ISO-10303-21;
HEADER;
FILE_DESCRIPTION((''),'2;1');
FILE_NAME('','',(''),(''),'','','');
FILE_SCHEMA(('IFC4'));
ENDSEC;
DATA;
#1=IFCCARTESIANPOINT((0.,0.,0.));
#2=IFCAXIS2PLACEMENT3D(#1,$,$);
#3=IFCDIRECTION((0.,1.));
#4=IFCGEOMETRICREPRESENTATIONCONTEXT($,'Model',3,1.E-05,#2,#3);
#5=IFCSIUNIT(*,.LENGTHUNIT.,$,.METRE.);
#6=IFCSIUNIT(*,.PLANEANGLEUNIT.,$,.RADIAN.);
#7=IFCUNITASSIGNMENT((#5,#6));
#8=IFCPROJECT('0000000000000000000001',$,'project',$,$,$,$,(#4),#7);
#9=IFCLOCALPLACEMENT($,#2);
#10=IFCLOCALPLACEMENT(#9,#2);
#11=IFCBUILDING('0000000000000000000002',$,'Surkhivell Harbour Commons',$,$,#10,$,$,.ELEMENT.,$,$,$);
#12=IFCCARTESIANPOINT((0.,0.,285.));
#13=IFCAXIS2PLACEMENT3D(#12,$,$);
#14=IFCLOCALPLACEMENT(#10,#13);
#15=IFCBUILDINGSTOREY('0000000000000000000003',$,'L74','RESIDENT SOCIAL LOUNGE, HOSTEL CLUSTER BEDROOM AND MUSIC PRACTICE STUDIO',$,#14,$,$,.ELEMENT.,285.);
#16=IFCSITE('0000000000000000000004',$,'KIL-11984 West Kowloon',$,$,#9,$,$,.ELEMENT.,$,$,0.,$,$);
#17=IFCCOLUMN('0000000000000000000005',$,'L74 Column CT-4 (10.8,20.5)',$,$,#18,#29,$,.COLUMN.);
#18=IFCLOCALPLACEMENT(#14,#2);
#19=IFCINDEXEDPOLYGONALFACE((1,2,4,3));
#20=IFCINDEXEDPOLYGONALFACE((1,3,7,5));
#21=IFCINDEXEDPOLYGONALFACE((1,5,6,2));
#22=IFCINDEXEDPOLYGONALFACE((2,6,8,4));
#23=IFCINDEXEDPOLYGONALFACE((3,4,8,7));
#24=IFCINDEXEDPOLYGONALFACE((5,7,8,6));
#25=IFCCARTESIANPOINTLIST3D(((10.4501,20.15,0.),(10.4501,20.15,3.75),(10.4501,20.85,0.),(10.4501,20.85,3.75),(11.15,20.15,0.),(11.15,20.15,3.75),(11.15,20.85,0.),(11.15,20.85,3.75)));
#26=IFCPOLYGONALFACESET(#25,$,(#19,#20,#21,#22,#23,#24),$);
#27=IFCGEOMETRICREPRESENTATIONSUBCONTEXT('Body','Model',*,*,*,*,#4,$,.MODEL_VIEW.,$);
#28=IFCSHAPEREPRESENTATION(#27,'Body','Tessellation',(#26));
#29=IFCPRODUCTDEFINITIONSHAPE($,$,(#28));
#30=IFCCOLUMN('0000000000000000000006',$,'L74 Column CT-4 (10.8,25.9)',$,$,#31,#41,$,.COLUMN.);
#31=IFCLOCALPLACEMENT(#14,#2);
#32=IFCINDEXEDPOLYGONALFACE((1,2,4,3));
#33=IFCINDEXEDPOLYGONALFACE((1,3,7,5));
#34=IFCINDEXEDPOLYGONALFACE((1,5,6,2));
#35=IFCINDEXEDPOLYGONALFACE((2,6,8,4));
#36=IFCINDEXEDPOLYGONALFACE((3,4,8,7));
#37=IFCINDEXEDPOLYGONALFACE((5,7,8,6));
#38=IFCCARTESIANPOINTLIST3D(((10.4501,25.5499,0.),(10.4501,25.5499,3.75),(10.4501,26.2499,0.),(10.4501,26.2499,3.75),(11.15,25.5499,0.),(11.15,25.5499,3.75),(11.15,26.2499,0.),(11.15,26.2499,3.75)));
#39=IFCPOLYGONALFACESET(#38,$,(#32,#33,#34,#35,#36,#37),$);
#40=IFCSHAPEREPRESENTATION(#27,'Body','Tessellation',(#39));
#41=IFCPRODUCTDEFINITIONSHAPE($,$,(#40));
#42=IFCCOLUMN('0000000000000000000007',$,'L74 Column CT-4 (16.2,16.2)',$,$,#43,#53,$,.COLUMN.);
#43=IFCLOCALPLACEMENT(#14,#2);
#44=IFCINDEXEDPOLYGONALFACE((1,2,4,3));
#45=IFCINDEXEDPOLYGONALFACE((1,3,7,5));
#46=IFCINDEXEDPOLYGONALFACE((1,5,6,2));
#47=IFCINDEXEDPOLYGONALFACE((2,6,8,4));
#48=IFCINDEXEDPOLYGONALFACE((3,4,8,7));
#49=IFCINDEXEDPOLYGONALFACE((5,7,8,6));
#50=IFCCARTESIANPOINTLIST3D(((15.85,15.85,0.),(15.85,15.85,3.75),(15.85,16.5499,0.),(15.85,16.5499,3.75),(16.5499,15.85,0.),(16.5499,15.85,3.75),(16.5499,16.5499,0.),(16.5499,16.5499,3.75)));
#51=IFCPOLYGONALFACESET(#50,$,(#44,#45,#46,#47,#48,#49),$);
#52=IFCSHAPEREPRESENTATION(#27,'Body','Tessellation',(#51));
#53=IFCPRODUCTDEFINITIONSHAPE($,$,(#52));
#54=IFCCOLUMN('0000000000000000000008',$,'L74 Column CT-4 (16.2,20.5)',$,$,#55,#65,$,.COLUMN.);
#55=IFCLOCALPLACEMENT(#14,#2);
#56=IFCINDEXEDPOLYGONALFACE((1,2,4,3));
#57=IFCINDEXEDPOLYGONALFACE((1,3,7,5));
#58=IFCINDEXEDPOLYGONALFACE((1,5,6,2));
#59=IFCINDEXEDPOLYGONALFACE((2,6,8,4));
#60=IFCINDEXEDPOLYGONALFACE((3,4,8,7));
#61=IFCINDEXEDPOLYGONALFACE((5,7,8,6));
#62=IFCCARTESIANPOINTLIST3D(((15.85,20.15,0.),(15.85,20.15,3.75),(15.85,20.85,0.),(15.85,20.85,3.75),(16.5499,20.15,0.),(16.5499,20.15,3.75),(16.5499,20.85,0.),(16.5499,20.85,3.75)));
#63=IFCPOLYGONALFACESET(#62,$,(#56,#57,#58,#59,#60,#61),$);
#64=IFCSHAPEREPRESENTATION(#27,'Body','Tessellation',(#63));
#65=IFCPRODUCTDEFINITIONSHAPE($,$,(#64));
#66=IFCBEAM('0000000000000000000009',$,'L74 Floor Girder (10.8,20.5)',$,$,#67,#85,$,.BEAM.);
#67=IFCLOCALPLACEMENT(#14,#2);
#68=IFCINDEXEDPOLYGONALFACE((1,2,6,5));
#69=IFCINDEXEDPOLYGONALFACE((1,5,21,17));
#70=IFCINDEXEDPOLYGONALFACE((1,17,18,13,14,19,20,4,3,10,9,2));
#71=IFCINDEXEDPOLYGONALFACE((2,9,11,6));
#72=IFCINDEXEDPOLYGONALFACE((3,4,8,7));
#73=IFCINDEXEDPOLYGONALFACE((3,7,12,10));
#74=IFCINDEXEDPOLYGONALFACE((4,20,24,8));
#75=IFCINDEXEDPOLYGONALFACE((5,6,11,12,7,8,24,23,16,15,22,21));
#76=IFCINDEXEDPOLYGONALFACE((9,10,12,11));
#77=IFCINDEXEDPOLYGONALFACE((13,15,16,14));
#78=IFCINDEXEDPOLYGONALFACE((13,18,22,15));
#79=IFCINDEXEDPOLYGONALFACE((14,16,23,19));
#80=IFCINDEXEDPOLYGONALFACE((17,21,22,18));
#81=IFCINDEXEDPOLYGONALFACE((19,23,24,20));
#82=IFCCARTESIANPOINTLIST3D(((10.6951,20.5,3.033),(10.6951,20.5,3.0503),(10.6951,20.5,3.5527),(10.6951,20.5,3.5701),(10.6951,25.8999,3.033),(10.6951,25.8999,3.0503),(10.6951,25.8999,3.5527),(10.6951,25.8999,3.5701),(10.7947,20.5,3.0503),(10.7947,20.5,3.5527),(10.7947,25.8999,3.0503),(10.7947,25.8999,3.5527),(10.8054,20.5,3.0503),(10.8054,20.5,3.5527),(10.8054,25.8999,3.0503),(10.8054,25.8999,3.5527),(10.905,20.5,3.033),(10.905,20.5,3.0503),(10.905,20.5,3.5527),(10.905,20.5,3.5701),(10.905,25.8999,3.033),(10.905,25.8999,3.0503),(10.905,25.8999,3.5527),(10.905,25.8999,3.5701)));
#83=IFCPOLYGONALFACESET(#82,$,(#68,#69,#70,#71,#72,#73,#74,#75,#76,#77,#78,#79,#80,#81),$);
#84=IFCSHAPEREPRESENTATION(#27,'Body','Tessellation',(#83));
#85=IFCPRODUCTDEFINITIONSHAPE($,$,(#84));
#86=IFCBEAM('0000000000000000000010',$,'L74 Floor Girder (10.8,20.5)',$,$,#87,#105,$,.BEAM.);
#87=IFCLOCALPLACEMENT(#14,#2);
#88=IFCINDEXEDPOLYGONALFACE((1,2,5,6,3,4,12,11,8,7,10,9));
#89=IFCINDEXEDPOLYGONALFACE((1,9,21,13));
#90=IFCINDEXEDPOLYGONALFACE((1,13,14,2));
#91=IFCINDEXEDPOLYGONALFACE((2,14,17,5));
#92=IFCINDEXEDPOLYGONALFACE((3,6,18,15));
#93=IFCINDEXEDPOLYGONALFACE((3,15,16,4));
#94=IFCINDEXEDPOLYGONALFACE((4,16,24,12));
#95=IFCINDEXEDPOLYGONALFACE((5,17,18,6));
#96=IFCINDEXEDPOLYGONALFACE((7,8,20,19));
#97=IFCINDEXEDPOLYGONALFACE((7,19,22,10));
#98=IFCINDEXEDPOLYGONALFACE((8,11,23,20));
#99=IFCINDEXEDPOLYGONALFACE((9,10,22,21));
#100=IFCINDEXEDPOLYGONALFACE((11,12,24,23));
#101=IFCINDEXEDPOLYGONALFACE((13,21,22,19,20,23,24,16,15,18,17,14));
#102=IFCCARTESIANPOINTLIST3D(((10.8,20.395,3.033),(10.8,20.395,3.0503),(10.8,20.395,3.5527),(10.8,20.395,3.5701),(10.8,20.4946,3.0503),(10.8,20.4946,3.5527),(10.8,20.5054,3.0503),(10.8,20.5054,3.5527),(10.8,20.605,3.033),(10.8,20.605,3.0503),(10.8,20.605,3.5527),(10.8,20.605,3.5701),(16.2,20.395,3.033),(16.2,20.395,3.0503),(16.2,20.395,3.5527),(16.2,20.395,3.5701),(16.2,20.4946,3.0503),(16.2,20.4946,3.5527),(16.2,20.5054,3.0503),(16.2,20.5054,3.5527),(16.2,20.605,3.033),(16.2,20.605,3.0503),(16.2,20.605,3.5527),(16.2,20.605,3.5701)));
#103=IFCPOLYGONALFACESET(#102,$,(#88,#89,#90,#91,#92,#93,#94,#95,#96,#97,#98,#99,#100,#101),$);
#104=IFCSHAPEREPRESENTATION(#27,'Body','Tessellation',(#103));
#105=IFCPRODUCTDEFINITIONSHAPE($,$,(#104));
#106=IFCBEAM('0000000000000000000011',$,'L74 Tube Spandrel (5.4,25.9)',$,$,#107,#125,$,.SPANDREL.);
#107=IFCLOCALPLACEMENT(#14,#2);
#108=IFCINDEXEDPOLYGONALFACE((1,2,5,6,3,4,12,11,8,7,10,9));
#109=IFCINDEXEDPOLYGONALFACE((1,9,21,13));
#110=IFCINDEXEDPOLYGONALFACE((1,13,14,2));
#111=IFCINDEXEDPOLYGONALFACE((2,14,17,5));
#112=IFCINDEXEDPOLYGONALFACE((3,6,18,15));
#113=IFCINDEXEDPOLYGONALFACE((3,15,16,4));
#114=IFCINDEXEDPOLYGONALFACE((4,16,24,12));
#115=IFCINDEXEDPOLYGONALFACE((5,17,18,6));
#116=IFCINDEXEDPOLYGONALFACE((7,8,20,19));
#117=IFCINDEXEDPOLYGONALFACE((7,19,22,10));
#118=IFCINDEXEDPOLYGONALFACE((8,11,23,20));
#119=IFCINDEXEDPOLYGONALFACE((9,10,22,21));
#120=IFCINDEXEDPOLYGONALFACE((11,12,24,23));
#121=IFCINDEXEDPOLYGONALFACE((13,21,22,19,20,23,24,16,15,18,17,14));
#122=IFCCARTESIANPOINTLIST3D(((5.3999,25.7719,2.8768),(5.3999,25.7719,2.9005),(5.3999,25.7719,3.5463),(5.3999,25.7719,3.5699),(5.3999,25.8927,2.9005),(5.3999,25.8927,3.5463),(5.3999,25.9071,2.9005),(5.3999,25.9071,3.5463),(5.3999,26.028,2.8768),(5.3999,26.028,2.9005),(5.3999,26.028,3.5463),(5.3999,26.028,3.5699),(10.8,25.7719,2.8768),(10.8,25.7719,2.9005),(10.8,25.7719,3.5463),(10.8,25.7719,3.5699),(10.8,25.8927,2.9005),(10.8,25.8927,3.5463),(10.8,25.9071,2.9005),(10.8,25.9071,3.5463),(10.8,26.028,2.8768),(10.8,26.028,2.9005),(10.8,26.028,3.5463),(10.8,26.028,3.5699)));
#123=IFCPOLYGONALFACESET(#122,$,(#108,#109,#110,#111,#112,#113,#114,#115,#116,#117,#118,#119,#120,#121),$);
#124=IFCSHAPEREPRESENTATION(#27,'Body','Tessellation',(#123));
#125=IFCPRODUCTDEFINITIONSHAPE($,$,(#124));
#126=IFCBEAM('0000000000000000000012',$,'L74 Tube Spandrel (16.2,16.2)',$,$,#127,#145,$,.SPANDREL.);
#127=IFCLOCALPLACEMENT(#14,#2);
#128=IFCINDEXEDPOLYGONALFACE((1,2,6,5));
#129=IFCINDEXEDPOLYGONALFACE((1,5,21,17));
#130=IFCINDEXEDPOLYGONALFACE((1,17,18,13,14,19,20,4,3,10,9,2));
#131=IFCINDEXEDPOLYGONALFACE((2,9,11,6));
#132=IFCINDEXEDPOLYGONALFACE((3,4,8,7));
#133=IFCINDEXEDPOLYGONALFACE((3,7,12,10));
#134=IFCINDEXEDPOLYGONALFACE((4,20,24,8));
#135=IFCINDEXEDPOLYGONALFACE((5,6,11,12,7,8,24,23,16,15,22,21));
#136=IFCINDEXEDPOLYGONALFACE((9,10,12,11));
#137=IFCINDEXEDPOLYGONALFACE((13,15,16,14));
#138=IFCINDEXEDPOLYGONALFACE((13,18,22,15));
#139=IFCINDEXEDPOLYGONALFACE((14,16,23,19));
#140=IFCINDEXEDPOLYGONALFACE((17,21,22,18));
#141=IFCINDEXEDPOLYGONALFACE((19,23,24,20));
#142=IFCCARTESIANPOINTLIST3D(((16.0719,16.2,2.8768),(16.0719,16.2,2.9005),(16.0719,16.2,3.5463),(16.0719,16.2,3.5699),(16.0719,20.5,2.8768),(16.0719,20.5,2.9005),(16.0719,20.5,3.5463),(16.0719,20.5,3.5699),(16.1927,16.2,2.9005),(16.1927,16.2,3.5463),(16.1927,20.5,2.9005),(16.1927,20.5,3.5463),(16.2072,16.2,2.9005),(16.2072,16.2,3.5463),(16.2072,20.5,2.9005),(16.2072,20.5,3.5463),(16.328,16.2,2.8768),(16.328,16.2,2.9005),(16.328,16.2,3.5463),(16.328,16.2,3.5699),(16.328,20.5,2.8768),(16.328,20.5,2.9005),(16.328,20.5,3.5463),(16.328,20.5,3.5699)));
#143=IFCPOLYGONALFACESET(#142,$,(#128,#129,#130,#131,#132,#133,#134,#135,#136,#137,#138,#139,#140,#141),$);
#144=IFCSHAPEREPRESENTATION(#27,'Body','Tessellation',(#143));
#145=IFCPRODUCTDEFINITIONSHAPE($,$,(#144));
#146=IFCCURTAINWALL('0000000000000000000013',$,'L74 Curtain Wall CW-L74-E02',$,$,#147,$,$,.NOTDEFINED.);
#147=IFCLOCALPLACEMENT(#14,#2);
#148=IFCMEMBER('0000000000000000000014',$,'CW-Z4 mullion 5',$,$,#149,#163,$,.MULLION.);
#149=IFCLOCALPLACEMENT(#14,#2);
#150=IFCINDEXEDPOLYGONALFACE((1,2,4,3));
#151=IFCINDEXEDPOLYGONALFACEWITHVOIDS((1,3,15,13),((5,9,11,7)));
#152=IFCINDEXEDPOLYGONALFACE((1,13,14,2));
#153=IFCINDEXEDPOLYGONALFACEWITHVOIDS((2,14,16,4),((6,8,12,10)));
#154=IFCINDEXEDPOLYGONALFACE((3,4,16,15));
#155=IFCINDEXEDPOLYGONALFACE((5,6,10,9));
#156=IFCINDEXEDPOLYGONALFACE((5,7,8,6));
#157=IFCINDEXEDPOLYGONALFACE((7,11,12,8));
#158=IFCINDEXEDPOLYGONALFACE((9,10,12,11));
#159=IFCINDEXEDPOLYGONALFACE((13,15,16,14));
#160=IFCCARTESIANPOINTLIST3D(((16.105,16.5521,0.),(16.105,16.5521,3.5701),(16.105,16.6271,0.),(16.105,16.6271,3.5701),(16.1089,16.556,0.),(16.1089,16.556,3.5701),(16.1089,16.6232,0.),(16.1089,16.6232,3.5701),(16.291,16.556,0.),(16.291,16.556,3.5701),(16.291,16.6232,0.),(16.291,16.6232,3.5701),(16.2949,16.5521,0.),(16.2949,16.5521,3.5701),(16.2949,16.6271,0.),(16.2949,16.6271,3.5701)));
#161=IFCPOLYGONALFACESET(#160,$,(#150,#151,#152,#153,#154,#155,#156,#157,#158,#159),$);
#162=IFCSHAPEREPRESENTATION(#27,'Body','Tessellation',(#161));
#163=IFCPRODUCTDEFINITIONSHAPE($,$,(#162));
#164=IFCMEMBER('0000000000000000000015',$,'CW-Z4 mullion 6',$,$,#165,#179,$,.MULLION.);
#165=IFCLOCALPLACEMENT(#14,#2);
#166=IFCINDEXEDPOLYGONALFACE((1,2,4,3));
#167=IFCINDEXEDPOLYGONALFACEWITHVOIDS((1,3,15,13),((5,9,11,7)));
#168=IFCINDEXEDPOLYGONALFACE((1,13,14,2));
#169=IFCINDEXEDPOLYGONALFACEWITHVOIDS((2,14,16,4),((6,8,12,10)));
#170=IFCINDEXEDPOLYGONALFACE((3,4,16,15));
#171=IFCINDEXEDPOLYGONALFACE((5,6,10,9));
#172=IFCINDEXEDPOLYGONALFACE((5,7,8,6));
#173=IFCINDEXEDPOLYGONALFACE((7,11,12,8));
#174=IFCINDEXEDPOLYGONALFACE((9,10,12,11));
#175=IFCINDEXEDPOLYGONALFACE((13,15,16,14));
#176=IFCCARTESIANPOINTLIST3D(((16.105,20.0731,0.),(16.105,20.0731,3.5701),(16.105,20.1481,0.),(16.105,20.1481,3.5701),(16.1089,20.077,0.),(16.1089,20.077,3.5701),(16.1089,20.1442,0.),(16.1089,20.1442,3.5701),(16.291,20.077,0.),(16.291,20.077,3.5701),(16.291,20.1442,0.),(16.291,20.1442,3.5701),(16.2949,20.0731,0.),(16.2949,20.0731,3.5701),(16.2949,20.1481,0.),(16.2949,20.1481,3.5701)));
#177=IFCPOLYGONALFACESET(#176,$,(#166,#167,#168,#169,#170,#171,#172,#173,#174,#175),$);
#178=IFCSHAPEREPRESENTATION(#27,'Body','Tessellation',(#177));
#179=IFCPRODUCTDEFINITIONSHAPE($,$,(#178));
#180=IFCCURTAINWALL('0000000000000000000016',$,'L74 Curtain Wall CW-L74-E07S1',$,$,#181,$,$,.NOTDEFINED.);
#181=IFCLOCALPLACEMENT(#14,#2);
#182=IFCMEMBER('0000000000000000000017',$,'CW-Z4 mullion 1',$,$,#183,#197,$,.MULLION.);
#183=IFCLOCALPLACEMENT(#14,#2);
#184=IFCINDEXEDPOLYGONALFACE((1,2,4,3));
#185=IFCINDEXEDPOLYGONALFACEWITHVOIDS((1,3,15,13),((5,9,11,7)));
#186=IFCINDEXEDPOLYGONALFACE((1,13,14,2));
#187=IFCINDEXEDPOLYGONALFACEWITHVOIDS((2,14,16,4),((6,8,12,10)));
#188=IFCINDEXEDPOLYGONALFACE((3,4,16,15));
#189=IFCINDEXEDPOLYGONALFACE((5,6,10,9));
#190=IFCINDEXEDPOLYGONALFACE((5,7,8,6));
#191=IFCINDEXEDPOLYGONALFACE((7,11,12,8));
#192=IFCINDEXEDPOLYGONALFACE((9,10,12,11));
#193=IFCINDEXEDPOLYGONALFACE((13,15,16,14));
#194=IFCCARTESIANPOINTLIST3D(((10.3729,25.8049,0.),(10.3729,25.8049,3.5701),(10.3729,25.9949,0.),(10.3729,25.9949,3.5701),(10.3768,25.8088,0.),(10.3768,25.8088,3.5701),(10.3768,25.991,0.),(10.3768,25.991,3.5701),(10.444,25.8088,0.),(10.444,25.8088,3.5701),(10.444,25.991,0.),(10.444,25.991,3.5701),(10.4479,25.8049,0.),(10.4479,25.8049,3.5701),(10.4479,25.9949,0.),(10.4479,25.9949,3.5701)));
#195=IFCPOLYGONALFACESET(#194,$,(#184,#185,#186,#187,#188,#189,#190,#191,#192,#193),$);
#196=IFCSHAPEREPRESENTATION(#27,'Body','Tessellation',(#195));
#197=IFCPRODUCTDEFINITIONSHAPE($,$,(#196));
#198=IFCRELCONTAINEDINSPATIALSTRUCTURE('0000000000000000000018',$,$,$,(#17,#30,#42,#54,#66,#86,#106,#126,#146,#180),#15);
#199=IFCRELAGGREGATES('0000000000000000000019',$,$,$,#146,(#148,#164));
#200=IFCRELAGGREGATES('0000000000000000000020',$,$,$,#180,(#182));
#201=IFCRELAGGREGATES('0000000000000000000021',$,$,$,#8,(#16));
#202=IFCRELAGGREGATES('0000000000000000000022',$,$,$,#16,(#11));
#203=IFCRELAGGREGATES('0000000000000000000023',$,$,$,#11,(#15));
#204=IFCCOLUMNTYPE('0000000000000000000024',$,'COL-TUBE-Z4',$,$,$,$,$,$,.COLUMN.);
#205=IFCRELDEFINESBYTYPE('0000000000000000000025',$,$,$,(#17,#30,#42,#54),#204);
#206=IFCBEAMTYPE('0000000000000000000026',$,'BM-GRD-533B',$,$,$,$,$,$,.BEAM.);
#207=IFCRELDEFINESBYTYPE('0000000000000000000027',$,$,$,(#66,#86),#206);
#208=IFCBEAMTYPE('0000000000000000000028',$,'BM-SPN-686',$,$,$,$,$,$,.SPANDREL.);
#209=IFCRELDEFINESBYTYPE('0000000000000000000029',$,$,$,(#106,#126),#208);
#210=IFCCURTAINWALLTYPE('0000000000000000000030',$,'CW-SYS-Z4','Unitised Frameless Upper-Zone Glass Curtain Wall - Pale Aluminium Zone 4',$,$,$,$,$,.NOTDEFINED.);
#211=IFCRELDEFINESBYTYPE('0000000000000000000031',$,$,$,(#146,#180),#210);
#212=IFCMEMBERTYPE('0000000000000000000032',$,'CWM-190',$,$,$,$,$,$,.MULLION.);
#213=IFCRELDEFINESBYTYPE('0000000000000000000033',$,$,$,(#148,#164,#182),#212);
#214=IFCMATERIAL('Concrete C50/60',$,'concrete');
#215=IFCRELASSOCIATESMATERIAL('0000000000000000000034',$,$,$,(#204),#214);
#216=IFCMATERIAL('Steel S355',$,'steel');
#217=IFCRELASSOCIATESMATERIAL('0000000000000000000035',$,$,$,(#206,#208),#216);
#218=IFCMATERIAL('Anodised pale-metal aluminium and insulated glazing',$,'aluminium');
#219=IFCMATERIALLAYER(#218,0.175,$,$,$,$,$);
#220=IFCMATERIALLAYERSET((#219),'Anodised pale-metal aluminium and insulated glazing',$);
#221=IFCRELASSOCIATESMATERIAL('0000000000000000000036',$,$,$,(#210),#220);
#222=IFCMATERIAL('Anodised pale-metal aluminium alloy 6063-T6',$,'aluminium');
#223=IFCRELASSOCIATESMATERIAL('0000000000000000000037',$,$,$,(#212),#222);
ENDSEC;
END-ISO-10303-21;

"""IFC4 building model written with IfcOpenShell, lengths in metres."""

from ifc_helpers import new_model, si_unit, direction, frame, origin, origin_2d, place, context, subcontext, project, spatial, rectangle, hollow_rectangle, i_section, extrude, material, layer, layer_set, material_profile, profile_set, type_object, element, aggregate, save


model = new_model("IFC4")

# Units and contexts
model_context = context("Model", 3, precision=1e-05, world=origin(), true_north=direction((0.0, 1.0)))
body_context = subcontext(model_context, "Body", "Model", "MODEL_VIEW")
ifc_project = project(units=[si_unit("LENGTHUNIT", "METRE"), si_unit("PLANEANGLEUNIT", "RADIAN")], contexts=[model_context])

# Site, building, storey
site_placement = place(None, origin())
site = spatial("IfcSite", under=ifc_project, at=site_placement, Name="KIL-11984 West Kowloon", CompositionType="ELEMENT", RefElevation=0.0)
building_placement = place(site_placement, origin())
building = spatial("IfcBuilding", under=site, at=building_placement, Name="Surkhivell Harbour Commons", CompositionType="ELEMENT")
storey_placement = place(building_placement, frame((0.0, 0.0, 285.0)))
storey = spatial("IfcBuildingStorey", under=building, at=storey_placement, Name="L74", Description="RESIDENT SOCIAL LOUNGE, HOSTEL CLUSTER BEDROOM AND MUSIC PRACTICE STUDIO", CompositionType="ELEMENT", Elevation=285.0)

# Columns
ifc_material_1 = material(Name="Concrete C50/60", Category="concrete")
ifc_material_profile_1 = material_profile(ifc_material_1, rectangle(XDim=0.7, YDim=0.7, at=origin_2d()), Name="RC-COL-700x700")
ifc_profile_set_1 = profile_set([ifc_material_profile_1], Name="Concrete C50/60")
column_type = type_object("IfcColumnType", Name="COL-TUBE-Z4", PredefinedType="COLUMN", material=ifc_profile_set_1)
for number, where, z_axis, x_axis, name in (
    (1, (10.8, 20.5, 0.0), (0.0, 0.0, 1.0), (1.0, 0.0, 0.0), "L74 Column CT-4 (10.8,20.5)"),
    (2, (10.8, 25.8999, 0.0), (0.0, 0.0, 1.0), (1.0, 0.0, 0.0), "L74 Column CT-4 (10.8,25.9)"),
    (3, (16.2, 16.2, 0.0), (0.0, 0.0, 1.0), (1.0, 0.0, 0.0), "L74 Column CT-4 (16.2,16.2)"),
    (4, (16.2, 20.5, 0.0), (0.0, 0.0, 1.0), (1.0, 0.0, 0.0), "L74 Column CT-4 (16.2,20.5)"),
):
    element("IfcColumn", number, at=place(storey_placement, frame(where, z_axis=z_axis, x_axis=x_axis)), inside=storey, type_object=column_type, Name=name, PredefinedType="COLUMN", context=body_context, shape_type="SweptSolid", body=[
        extrude(rectangle(XDim=0.7, YDim=0.7, at=origin_2d()), origin(), (0.0, 0.0, 1.0), 3.75),
    ])

# Beams
ifc_material_2 = material(Name="Steel S355", Category="steel")
ifc_material_profile_2 = material_profile(ifc_material_2, i_section(OverallWidth=0.21, OverallDepth=0.5371, WebThickness=0.0107, FlangeThickness=0.0173, at=origin_2d()), Name="UB533x210x101")
ifc_profile_set_2 = profile_set([ifc_material_profile_2], Name="Steel S355")
beam_type_1 = type_object("IfcBeamType", Name="BM-GRD-533B", PredefinedType="BEAM", material=ifc_profile_set_2)
for number, where, z_axis, x_axis, name in (
    (5, (10.8, 20.5, 3.3015), (0.0, 1.0, 0.0), (-1.0, 0.0, 0.0), "L74 Floor Girder (10.8,20.5)"),
    (6, (10.8, 20.5, 3.3015), (1.0, 0.0, 0.0), (0.0, 1.0, 0.0), "L74 Floor Girder (10.8,20.5)"),
):
    element("IfcBeam", number, at=place(storey_placement, frame(where, z_axis=z_axis, x_axis=x_axis)), inside=storey, type_object=beam_type_1, Name=name, PredefinedType="BEAM", context=body_context, shape_type="SweptSolid", body=[
        extrude(i_section(OverallWidth=0.21, OverallDepth=0.5371, WebThickness=0.0107, FlangeThickness=0.0173, at=origin_2d()), origin(), (0.0, 0.0, 1.0), 5.3999),
    ])
ifc_material_profile_3 = material_profile(ifc_material_2, i_section(OverallWidth=0.2561, OverallDepth=0.6931, WebThickness=0.0144, FlangeThickness=0.0237, at=origin_2d()), Name="UB686x254x170")
ifc_profile_set_3 = profile_set([ifc_material_profile_3], Name="Steel S355")
beam_type_2 = type_object("IfcBeamType", Name="BM-SPN-686", PredefinedType="SPANDREL", material=ifc_profile_set_3)
beam_1_placement = place(storey_placement, frame((5.3999, 25.8999, 3.2234), z_axis=(1.0, 0.0, 0.0), x_axis=(0.0, 1.0, 0.0)))
element("IfcBeam", 7, at=beam_1_placement, inside=storey, type_object=beam_type_2, Name="L74 Tube Spandrel (5.4,25.9)", PredefinedType="SPANDREL", context=body_context, shape_type="SweptSolid", body=[
    extrude(i_section(OverallWidth=0.2561, OverallDepth=0.6931, WebThickness=0.0144, FlangeThickness=0.0237, at=origin_2d()), origin(), (0.0, 0.0, 1.0), 5.4001),
])
beam_2_placement = place(storey_placement, frame((16.2, 16.2, 3.2234), z_axis=(0.0, 1.0, 0.0), x_axis=(-1.0, 0.0, 0.0)))
element("IfcBeam", 8, at=beam_2_placement, inside=storey, type_object=beam_type_2, Name="L74 Tube Spandrel (16.2,16.2)", PredefinedType="SPANDREL", context=body_context, shape_type="SweptSolid", body=[
    extrude(i_section(OverallWidth=0.2561, OverallDepth=0.6931, WebThickness=0.0144, FlangeThickness=0.0237, at=origin_2d()), origin(), (0.0, 0.0, 1.0), 4.3),
])

# Curtain walls, members
ifc_material_3 = material(Name="Anodised pale-metal aluminium and insulated glazing", Category="aluminium")
ifc_layer_1 = layer(ifc_material_3, 0.175)
ifc_layer_set_1 = layer_set([ifc_layer_1], Name="Anodised pale-metal aluminium and insulated glazing")
curtain_wall_type = type_object("IfcCurtainWallType", Name="CW-SYS-Z4", Description="Unitised Frameless Upper-Zone Glass Curtain Wall - Pale Aluminium Zone 4", PredefinedType="NOTDEFINED", material=ifc_layer_set_1)
curtain_wall_1_placement = place(storey_placement, origin())
curtain_wall_1 = element("IfcCurtainWall", 9, at=curtain_wall_1_placement, inside=storey, type_object=curtain_wall_type, Name="L74 Curtain Wall CW-L74-E02", PredefinedType="NOTDEFINED")
ifc_material_4 = material(Name="Anodised pale-metal aluminium alloy 6063-T6", Category="aluminium")
ifc_material_profile_4 = material_profile(ifc_material_4, hollow_rectangle(XDim=0.075, YDim=0.1899, WallThickness=0.0039, at=origin_2d()), Name="ALU-MULL-75x190")
ifc_profile_set_4 = profile_set([ifc_material_profile_4], Name="Anodised pale-metal aluminium alloy 6063-T6")
member_type_1 = type_object("IfcMemberType", Name="CWM-190", PredefinedType="MULLION", material=ifc_profile_set_4)
member_1_placement = place(storey_placement, frame((16.2, 16.5896, 0.0), z_axis=(0.0, 0.0, 1.0), x_axis=(0.0, 1.0, 0.0)))
member_1 = element("IfcMember", 10, at=member_1_placement, type_object=member_type_1, Name="CW-Z4 mullion 5", PredefinedType="MULLION", context=body_context, shape_type="SweptSolid", body=[
    extrude(hollow_rectangle(XDim=0.075, YDim=0.1899, WallThickness=0.0039, at=origin_2d()), origin(), (0.0, 0.0, 1.0), 3.5701),
])
member_2_placement = place(storey_placement, frame((16.2, 20.1106, 0.0), z_axis=(0.0, 0.0, 1.0), x_axis=(0.0, 1.0, 0.0)))
member_2 = element("IfcMember", 11, at=member_2_placement, type_object=member_type_1, Name="CW-Z4 mullion 6", PredefinedType="MULLION", context=body_context, shape_type="SweptSolid", body=[
    extrude(hollow_rectangle(XDim=0.075, YDim=0.1899, WallThickness=0.0039, at=origin_2d()), origin(), (0.0, 0.0, 1.0), 3.5701),
])
curtain_wall_2_placement = place(storey_placement, origin())
curtain_wall_2 = element("IfcCurtainWall", 12, at=curtain_wall_2_placement, inside=storey, type_object=curtain_wall_type, Name="L74 Curtain Wall CW-L74-E07S1", PredefinedType="NOTDEFINED")
member_3_placement = place(storey_placement, frame((10.4104, 25.8999, 0.0), z_axis=(0.0, 0.0, 1.0), x_axis=(-1.0, 0.0, 0.0)))
member_3 = element("IfcMember", 13, at=member_3_placement, type_object=member_type_1, Name="CW-Z4 mullion 1", PredefinedType="MULLION", context=body_context, shape_type="SweptSolid", body=[
    extrude(hollow_rectangle(XDim=0.075, YDim=0.1899, WallThickness=0.0039, at=origin_2d()), origin(), (0.0, 0.0, 1.0), 3.5701),
])

aggregate(curtain_wall_1, [member_1, member_2])
aggregate(curtain_wall_2, [member_3])

save(model, "model.ifc")
